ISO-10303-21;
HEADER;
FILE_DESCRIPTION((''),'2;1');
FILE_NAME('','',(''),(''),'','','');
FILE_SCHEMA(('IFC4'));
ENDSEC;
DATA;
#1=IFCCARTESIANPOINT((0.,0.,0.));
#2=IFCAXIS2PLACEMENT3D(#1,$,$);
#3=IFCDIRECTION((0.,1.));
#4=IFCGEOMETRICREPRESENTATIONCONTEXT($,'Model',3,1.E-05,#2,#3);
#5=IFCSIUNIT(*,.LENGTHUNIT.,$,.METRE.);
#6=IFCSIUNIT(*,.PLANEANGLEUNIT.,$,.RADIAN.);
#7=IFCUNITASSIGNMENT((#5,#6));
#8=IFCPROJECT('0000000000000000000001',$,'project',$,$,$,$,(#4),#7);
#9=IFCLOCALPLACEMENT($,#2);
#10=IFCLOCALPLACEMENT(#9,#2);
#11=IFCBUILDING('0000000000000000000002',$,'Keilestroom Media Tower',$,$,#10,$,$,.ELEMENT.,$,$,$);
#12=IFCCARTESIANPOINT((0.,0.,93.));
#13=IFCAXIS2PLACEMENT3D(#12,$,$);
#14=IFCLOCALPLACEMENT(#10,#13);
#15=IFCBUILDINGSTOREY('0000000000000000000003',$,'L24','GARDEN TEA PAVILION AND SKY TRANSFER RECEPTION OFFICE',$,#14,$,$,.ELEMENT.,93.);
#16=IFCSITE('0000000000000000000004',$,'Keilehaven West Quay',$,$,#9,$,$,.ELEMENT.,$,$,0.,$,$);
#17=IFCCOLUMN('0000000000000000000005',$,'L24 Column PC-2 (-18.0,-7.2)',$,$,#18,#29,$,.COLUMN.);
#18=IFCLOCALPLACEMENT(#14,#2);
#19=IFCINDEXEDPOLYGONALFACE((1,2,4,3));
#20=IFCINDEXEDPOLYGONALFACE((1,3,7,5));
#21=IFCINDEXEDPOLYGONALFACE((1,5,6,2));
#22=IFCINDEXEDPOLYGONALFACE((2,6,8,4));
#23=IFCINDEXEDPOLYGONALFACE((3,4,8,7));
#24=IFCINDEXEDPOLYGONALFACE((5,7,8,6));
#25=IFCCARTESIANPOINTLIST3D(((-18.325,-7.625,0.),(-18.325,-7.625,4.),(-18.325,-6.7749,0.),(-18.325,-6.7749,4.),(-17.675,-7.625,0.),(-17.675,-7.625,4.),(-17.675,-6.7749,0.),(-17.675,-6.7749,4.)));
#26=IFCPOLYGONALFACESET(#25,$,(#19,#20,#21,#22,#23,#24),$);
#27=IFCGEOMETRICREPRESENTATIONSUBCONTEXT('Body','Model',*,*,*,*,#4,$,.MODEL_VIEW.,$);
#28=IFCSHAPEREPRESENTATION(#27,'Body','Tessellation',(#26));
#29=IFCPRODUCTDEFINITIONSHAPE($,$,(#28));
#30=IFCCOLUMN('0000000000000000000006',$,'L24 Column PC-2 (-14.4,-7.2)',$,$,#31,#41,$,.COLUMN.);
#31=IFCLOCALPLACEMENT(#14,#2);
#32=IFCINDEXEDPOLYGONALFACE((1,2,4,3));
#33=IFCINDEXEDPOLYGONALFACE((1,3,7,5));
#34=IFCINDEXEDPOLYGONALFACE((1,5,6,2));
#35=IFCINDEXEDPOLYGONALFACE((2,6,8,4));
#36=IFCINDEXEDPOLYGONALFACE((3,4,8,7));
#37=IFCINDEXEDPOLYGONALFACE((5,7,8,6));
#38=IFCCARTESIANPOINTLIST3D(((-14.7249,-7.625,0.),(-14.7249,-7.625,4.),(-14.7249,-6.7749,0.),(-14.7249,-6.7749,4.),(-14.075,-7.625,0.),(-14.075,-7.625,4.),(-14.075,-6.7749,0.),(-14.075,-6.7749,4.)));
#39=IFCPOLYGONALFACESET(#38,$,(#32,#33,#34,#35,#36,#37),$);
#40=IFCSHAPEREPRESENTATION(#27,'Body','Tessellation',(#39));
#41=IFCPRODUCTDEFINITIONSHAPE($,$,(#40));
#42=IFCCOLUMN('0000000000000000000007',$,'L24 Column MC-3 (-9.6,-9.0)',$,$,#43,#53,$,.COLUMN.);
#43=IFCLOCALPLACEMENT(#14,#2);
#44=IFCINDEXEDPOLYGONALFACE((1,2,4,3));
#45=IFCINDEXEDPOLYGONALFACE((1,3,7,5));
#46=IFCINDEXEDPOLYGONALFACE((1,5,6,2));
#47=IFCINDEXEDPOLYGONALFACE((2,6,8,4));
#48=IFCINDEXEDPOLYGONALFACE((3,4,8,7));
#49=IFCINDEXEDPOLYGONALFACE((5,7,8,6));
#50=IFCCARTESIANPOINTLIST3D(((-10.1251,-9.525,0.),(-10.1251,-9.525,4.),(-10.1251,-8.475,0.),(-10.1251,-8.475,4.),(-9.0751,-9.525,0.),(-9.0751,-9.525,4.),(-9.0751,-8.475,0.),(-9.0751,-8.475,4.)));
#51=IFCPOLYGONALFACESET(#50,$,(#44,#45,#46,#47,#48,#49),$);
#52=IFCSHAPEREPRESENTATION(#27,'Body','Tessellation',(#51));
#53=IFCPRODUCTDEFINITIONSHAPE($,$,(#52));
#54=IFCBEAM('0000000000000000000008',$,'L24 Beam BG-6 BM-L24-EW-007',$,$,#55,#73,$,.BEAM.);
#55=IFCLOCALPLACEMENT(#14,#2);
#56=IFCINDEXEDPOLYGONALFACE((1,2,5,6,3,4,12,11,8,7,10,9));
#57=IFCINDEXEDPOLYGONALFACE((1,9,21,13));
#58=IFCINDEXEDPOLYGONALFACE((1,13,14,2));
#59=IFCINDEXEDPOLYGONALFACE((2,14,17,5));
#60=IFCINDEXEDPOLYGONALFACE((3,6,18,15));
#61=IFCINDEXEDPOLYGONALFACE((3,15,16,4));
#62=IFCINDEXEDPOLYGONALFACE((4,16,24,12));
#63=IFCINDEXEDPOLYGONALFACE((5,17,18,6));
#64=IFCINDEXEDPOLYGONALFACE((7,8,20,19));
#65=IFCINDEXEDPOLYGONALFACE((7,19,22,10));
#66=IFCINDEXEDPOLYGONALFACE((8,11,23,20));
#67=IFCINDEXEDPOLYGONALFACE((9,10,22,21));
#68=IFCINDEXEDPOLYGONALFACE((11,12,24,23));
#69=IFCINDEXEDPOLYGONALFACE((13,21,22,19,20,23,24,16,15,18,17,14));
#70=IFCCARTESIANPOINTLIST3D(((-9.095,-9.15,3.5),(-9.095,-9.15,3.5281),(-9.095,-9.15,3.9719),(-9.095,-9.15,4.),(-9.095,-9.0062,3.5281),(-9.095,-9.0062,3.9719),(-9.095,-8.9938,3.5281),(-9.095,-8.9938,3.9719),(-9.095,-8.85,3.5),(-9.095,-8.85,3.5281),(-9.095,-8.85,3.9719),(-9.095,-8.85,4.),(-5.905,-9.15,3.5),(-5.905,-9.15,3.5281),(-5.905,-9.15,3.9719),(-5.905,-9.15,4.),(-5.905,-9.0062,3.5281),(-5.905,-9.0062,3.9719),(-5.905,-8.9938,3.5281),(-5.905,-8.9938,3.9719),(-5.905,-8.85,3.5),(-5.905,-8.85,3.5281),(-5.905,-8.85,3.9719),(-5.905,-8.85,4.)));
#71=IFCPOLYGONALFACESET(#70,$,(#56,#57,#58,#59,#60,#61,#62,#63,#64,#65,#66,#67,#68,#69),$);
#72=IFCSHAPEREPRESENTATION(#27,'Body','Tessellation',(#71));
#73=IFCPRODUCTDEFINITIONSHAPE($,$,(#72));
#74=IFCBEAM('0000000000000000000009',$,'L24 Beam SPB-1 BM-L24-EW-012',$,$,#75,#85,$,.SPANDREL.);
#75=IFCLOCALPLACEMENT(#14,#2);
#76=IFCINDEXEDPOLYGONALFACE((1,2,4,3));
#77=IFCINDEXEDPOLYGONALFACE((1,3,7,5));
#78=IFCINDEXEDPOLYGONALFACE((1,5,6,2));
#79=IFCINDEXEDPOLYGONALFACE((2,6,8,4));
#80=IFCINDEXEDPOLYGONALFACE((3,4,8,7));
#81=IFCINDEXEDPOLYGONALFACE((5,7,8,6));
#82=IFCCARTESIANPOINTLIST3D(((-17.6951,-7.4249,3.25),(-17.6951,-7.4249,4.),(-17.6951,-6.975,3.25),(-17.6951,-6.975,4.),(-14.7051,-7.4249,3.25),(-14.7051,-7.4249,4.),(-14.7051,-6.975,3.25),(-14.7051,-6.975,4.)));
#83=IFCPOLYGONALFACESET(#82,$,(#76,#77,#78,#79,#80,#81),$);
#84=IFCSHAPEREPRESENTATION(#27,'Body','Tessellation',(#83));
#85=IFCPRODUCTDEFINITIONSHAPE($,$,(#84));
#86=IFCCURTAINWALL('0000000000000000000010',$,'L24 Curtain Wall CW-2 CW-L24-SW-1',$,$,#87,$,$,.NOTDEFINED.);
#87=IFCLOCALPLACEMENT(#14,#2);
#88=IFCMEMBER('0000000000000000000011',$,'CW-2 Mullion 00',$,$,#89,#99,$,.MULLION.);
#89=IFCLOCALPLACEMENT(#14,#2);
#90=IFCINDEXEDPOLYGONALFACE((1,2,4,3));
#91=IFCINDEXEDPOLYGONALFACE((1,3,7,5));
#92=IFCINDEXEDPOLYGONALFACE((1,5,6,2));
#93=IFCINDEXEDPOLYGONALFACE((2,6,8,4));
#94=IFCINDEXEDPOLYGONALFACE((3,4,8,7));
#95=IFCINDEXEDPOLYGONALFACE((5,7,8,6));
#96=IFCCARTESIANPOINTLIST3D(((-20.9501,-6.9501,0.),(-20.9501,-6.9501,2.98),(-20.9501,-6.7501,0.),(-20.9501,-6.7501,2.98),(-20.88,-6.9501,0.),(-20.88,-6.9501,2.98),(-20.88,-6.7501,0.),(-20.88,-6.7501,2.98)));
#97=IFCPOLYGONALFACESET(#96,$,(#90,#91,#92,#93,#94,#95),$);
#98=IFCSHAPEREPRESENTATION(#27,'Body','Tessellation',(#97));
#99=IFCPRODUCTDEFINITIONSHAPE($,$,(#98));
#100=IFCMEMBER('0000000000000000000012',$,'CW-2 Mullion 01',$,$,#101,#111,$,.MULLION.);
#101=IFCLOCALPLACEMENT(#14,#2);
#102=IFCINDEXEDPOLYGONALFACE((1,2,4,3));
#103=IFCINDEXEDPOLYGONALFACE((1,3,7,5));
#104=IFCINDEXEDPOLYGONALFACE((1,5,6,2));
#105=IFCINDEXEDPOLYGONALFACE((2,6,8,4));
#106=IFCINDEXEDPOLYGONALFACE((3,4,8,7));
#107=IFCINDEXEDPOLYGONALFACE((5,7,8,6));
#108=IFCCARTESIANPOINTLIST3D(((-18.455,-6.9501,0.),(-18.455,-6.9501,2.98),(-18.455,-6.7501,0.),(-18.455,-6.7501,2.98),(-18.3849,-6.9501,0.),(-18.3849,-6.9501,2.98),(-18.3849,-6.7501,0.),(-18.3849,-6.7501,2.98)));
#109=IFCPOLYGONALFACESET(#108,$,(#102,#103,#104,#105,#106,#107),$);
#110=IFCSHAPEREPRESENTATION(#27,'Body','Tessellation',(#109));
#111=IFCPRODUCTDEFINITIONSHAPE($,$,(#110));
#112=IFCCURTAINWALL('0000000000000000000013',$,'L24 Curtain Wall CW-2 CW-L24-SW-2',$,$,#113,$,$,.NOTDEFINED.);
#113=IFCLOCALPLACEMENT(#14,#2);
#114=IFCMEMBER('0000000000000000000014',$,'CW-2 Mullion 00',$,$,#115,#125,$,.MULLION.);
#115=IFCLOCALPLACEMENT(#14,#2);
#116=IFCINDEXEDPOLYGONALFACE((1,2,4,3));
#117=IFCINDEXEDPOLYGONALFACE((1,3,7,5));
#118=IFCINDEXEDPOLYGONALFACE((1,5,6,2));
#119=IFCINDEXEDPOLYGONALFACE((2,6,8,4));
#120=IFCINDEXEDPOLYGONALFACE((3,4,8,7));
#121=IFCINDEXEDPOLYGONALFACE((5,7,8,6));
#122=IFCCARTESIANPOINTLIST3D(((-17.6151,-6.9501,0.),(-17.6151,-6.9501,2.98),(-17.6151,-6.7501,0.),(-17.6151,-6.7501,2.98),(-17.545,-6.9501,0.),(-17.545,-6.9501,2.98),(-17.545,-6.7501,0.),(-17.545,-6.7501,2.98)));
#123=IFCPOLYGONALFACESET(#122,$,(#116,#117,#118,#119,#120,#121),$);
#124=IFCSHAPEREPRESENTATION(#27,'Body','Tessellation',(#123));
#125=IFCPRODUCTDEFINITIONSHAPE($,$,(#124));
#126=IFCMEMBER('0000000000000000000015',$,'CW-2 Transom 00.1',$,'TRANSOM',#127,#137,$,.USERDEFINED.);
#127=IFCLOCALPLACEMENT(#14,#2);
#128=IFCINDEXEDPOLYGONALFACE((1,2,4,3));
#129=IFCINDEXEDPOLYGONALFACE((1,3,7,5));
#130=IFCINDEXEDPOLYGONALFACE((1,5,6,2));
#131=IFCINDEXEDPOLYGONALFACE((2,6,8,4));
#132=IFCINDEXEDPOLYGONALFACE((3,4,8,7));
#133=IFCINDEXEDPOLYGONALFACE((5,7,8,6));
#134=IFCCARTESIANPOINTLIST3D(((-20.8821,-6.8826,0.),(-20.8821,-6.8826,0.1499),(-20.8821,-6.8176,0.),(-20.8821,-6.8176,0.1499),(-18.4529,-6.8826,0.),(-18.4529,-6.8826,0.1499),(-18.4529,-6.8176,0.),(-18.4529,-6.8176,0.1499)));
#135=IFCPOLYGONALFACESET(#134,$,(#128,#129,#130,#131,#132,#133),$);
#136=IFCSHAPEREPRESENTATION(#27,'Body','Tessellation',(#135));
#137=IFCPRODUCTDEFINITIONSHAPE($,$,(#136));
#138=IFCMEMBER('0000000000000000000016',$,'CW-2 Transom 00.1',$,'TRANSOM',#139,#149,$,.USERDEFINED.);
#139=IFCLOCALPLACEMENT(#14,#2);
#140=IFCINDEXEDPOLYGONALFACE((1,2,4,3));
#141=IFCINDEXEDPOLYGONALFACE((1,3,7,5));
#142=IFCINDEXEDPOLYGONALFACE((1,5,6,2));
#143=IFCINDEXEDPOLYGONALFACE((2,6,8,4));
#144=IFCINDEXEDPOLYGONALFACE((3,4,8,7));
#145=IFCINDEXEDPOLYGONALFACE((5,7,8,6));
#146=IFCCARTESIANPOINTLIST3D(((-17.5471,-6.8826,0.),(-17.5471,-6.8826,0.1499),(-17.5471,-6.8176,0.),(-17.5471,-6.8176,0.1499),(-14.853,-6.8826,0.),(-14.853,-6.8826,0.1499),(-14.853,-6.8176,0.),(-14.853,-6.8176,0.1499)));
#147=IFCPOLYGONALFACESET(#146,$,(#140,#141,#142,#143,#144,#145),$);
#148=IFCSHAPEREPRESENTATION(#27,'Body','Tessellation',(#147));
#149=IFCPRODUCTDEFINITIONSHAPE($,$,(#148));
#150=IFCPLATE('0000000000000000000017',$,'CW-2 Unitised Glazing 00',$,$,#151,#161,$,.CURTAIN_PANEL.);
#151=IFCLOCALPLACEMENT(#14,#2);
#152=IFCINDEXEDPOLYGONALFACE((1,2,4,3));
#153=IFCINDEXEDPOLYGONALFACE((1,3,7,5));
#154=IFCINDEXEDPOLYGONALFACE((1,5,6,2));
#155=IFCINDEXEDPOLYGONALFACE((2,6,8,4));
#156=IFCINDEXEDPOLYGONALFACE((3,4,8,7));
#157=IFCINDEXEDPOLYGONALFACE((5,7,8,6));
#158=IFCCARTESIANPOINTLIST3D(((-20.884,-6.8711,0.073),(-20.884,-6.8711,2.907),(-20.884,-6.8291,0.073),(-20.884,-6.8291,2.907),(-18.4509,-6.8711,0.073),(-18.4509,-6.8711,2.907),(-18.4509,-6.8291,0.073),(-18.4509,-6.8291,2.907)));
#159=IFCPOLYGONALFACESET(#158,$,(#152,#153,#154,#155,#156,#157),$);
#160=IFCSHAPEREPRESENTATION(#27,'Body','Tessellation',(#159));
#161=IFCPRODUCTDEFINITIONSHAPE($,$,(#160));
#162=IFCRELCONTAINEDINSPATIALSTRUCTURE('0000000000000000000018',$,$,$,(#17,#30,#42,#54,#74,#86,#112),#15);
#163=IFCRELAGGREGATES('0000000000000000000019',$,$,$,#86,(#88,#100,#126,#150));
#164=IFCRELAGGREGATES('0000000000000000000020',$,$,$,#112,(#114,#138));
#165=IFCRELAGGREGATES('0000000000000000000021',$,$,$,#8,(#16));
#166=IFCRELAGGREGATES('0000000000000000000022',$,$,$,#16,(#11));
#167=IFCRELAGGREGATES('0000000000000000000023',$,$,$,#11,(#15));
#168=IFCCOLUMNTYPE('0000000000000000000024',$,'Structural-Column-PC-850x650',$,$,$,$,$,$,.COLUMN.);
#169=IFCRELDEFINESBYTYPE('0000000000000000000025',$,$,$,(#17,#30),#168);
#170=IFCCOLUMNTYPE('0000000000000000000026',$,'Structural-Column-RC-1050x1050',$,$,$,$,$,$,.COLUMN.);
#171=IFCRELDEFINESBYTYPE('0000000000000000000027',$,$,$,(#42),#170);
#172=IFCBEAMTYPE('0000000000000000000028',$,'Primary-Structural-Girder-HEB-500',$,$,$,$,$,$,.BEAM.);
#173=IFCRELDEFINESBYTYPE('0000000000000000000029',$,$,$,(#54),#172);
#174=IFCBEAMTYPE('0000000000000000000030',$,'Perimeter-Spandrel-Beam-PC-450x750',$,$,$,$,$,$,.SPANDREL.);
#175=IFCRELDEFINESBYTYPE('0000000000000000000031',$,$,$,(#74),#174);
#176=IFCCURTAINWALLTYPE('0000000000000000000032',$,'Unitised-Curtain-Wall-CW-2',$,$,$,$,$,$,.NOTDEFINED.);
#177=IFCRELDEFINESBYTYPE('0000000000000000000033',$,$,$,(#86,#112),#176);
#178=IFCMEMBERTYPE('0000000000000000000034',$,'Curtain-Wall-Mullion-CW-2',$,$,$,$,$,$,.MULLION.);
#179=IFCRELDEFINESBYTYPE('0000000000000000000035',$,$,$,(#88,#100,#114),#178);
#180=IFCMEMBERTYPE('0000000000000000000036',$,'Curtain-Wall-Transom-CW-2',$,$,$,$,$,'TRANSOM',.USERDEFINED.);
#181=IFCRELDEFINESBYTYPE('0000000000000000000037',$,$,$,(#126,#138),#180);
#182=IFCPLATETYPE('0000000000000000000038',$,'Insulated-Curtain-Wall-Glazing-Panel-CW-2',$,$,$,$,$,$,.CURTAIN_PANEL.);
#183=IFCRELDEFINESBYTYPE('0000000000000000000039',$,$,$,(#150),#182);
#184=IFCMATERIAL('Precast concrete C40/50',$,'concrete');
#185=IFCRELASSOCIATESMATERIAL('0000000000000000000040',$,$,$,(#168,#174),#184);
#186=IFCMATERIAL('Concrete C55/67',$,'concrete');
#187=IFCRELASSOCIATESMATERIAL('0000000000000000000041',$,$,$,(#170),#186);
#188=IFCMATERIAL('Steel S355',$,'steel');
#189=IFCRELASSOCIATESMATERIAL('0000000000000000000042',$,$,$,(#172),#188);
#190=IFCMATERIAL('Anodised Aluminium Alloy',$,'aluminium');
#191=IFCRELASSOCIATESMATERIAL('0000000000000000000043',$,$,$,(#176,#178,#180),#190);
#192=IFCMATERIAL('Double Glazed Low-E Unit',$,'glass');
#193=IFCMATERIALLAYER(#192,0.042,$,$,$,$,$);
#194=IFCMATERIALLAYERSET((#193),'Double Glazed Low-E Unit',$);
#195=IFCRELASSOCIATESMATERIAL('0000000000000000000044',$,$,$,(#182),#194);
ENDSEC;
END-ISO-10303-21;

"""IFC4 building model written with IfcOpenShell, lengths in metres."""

from ifc_helpers import new_model, si_unit, direction, frame, origin, origin_2d, place, context, subcontext, project, spatial, rectangle, i_section, extrude, source, transform, mapped, material, layer, layer_set, material_profile, profile_set, type_object, element, aggregate, save


model = new_model("IFC4")

# Units and contexts
model_context = context("Model", 3, precision=1e-05, world=origin(), true_north=direction((0.0, 1.0)))
body_context = subcontext(model_context, "Body", "Model", "MODEL_VIEW")
ifc_project = project(units=[si_unit("LENGTHUNIT", "METRE"), si_unit("PLANEANGLEUNIT", "RADIAN")], contexts=[model_context])

# Site, building, storey
site_placement = place(None, origin())
site = spatial("IfcSite", under=ifc_project, at=site_placement, Name="Keilehaven West Quay", CompositionType="ELEMENT", RefElevation=0.0)
building_placement = place(site_placement, origin())
building = spatial("IfcBuilding", under=site, at=building_placement, Name="Keilestroom Media Tower", CompositionType="ELEMENT")
storey_placement = place(building_placement, frame((0.0, 0.0, 93.0)))
storey = spatial("IfcBuildingStorey", under=building, at=storey_placement, Name="L24", Description="GARDEN TEA PAVILION AND SKY TRANSFER RECEPTION OFFICE", CompositionType="ELEMENT", Elevation=93.0)

# Columns
ifc_material_1 = material(Name="Precast concrete C40/50", Category="concrete")
ifc_material_profile_1 = material_profile(ifc_material_1, rectangle(XDim=0.6499, YDim=0.8501, at=origin_2d()), Name="PC 850x650")
ifc_profile_set_1 = profile_set([ifc_material_profile_1], Name="Precast concrete C40/50")
column_type_1 = type_object("IfcColumnType", Name="Structural-Column-PC-850x650", PredefinedType="COLUMN", material=ifc_profile_set_1)
shared_shape_1 = source(origin(), body_context, "Body", "SweptSolid", [
    extrude(rectangle(XDim=0.6499, YDim=0.8501, at=origin_2d()), origin(), (0.0, 0.0, 1.0), 4.0),
])
for number, where, z_axis, x_axis, name in (
    (1, (-18.0, -7.2, 0.0), (0.0, 0.0, 1.0), (1.0, 0.0, 0.0), "L24 Column PC-2 (-18.0,-7.2)"),
    (2, (-14.3999, -7.2, 0.0), (0.0, 0.0, 1.0), (1.0, 0.0, 0.0), "L24 Column PC-2 (-14.4,-7.2)"),
):
    element("IfcColumn", number, at=place(storey_placement, frame(where, z_axis=z_axis, x_axis=x_axis)), inside=storey, type_object=column_type_1, Name=name, PredefinedType="COLUMN", context=body_context, shape_type="MappedRepresentation", body=[
        mapped(shared_shape_1, transform((0.0, 0.0, 0.0), x_axis=(1.0, 0.0, 0.0), y_axis=(0.0, 1.0, 0.0), z_axis=(0.0, 0.0, 1.0), scale=1.0)),
    ])
ifc_material_2 = material(Name="Concrete C55/67", Category="concrete")
ifc_material_profile_2 = material_profile(ifc_material_2, rectangle(XDim=1.05, YDim=1.05, at=origin_2d()), Name="RC 1050x1050")
ifc_profile_set_2 = profile_set([ifc_material_profile_2], Name="Concrete C55/67")
column_type_2 = type_object("IfcColumnType", Name="Structural-Column-RC-1050x1050", PredefinedType="COLUMN", material=ifc_profile_set_2)
shared_shape_2 = source(origin(), body_context, "Body", "SweptSolid", [
    extrude(rectangle(XDim=1.05, YDim=1.05, at=origin_2d()), origin(), (0.0, 0.0, 1.0), 4.0),
])
column_placement = place(storey_placement, frame((-9.6001, -9.0, 0.0), z_axis=(0.0, 0.0, 1.0), x_axis=(1.0, 0.0, 0.0)))
element("IfcColumn", 3, at=column_placement, inside=storey, type_object=column_type_2, Name="L24 Column MC-3 (-9.6,-9.0)", PredefinedType="COLUMN", context=body_context, shape_type="MappedRepresentation", body=[
    mapped(shared_shape_2, transform((0.0, 0.0, 0.0), x_axis=(1.0, 0.0, 0.0), y_axis=(0.0, 1.0, 0.0), z_axis=(0.0, 0.0, 1.0), scale=1.0)),
])

# Beams
ifc_material_3 = material(Name="Steel S355", Category="steel")
ifc_material_profile_3 = material_profile(ifc_material_3, i_section(OverallWidth=0.3, OverallDepth=0.5, WebThickness=0.0125, FlangeThickness=0.0281, at=origin_2d()), Name="HEB 500")
ifc_profile_set_3 = profile_set([ifc_material_profile_3], Name="Steel S355")
beam_type_1 = type_object("IfcBeamType", Name="Primary-Structural-Girder-HEB-500", PredefinedType="BEAM", material=ifc_profile_set_3)
shared_shape_3 = source(origin(), body_context, "Body", "SweptSolid", [
    extrude(i_section(OverallWidth=0.3, OverallDepth=0.5, WebThickness=0.0125, FlangeThickness=0.0281, at=origin_2d()), origin(), (0.0, 0.0, 1.0), 3.1899),
])
beam_1_placement = place(storey_placement, frame((-9.095, -9.0, 3.75), z_axis=(1.0, 0.0, 0.0), x_axis=(0.0, 1.0, 0.0)))
element("IfcBeam", 4, at=beam_1_placement, inside=storey, type_object=beam_type_1, Name="L24 Beam BG-6 BM-L24-EW-007", PredefinedType="BEAM", context=body_context, shape_type="MappedRepresentation", body=[
    mapped(shared_shape_3, transform((0.0, 0.0, 0.0), x_axis=(1.0, 0.0, 0.0), y_axis=(0.0, 1.0, 0.0), z_axis=(0.0, 0.0, 1.0), scale=1.0)),
])
ifc_material_profile_4 = material_profile(ifc_material_1, rectangle(XDim=0.45, YDim=0.75, at=origin_2d()), Name="PC 450x750")
ifc_profile_set_4 = profile_set([ifc_material_profile_4], Name="Precast concrete C40/50")
beam_type_2 = type_object("IfcBeamType", Name="Perimeter-Spandrel-Beam-PC-450x750", PredefinedType="SPANDREL", material=ifc_profile_set_4)
shared_shape_4 = source(origin(), body_context, "Body", "SweptSolid", [
    extrude(rectangle(XDim=0.45, YDim=0.75, at=origin_2d()), origin(), (0.0, 0.0, 1.0), 2.99),
])
beam_2_placement = place(storey_placement, frame((-17.6951, -7.2, 3.625), z_axis=(1.0, 0.0, 0.0), x_axis=(0.0, 1.0, 0.0)))
element("IfcBeam", 5, at=beam_2_placement, inside=storey, type_object=beam_type_2, Name="L24 Beam SPB-1 BM-L24-EW-012", PredefinedType="SPANDREL", context=body_context, shape_type="MappedRepresentation", body=[
    mapped(shared_shape_4, transform((0.0, 0.0, 0.0), x_axis=(1.0, 0.0, 0.0), y_axis=(0.0, 1.0, 0.0), z_axis=(0.0, 0.0, 1.0), scale=1.0)),
])

# Curtain wall, members
ifc_material_4 = material(Name="Anodised Aluminium Alloy", Category="aluminium")
curtain_wall_type = type_object("IfcCurtainWallType", Name="Unitised-Curtain-Wall-CW-2", PredefinedType="NOTDEFINED", material=ifc_material_4)
curtain_wall_1_placement = place(storey_placement, origin())
curtain_wall_1 = element("IfcCurtainWall", 6, at=curtain_wall_1_placement, inside=storey, type_object=curtain_wall_type, Name="L24 Curtain Wall CW-2 CW-L24-SW-1", PredefinedType="NOTDEFINED")
ifc_material_profile_5 = material_profile(ifc_material_4, rectangle(XDim=0.0701, YDim=0.2, at=origin_2d()), Name="ALU MULLION 70x200")
ifc_profile_set_5 = profile_set([ifc_material_profile_5], Name="Anodised Aluminium Alloy")
member_type_1 = type_object("IfcMemberType", Name="Curtain-Wall-Mullion-CW-2", PredefinedType="MULLION", material=ifc_profile_set_5)
shared_shape_5 = source(origin(), body_context, "Body", "SweptSolid", [
    extrude(rectangle(XDim=0.0701, YDim=0.2, at=origin_2d()), origin(), (0.0, 0.0, 1.0), 2.98),
])
member_1_placement = place(storey_placement, frame((-20.915, -6.8501, 0.0), z_axis=(0.0, 0.0, 1.0), x_axis=(1.0, 0.0, 0.0)))
member_1 = element("IfcMember", 7, at=member_1_placement, type_object=member_type_1, Name="CW-2 Mullion 00", PredefinedType="MULLION", context=body_context, shape_type="MappedRepresentation", body=[
    mapped(shared_shape_5, transform((0.0, 0.0, 0.0), x_axis=(1.0, 0.0, 0.0), y_axis=(0.0, 1.0, 0.0), z_axis=(0.0, 0.0, 1.0), scale=1.0)),
])
member_2_placement = place(storey_placement, frame((-18.4199, -6.8501, 0.0), z_axis=(0.0, 0.0, 1.0), x_axis=(1.0, 0.0, 0.0)))
member_2 = element("IfcMember", 8, at=member_2_placement, type_object=member_type_1, Name="CW-2 Mullion 01", PredefinedType="MULLION", context=body_context, shape_type="MappedRepresentation", body=[
    mapped(shared_shape_5, transform((0.0, 0.0, 0.0), x_axis=(1.0, 0.0, 0.0), y_axis=(0.0, 1.0, 0.0), z_axis=(0.0, 0.0, 1.0), scale=1.0)),
])

# Curtain wall, member
curtain_wall_2_placement = place(storey_placement, origin())
curtain_wall_2 = element("IfcCurtainWall", 9, at=curtain_wall_2_placement, inside=storey, type_object=curtain_wall_type, Name="L24 Curtain Wall CW-2 CW-L24-SW-2", PredefinedType="NOTDEFINED")
member_3_placement = place(storey_placement, frame((-17.5801, -6.8501, 0.0), z_axis=(0.0, 0.0, 1.0), x_axis=(1.0, 0.0, 0.0)))
member_3 = element("IfcMember", 10, at=member_3_placement, type_object=member_type_1, Name="CW-2 Mullion 00", PredefinedType="MULLION", context=body_context, shape_type="MappedRepresentation", body=[
    mapped(shared_shape_5, transform((0.0, 0.0, 0.0), x_axis=(1.0, 0.0, 0.0), y_axis=(0.0, 1.0, 0.0), z_axis=(0.0, 0.0, 1.0), scale=1.0)),
])

# Members
ifc_material_profile_6 = material_profile(ifc_material_4, rectangle(XDim=0.0649, YDim=0.1499, at=origin_2d()), Name="ALU TRANSOM 65x150")
ifc_profile_set_6 = profile_set([ifc_material_profile_6], Name="Anodised Aluminium Alloy")
member_type_2 = type_object("IfcMemberType", Name="Curtain-Wall-Transom-CW-2", ElementType="TRANSOM", PredefinedType="USERDEFINED", material=ifc_profile_set_6)
shared_shape_6 = source(origin(), body_context, "Body", "SweptSolid", [
    extrude(rectangle(XDim=0.0649, YDim=0.1499, at=origin_2d()), origin(), (0.0, 0.0, 1.0), 2.4292),
])
member_4_placement = place(storey_placement, frame((-20.8821, -6.8501, 0.075), z_axis=(1.0, 0.0, 0.0), x_axis=(0.0, 1.0, 0.0)))
member_4 = element("IfcMember", 11, at=member_4_placement, type_object=member_type_2, Name="CW-2 Transom 00.1", ObjectType="TRANSOM", PredefinedType="USERDEFINED", context=body_context, shape_type="MappedRepresentation", body=[
    mapped(shared_shape_6, transform((0.0, 0.0, 0.0), x_axis=(1.0, 0.0, 0.0), y_axis=(0.0, 1.0, 0.0), z_axis=(0.0, 0.0, 1.0), scale=1.0)),
])
shared_shape_7 = source(origin(), body_context, "Body", "SweptSolid", [
    extrude(rectangle(XDim=0.0649, YDim=0.1499, at=origin_2d()), origin(), (0.0, 0.0, 1.0), 2.6941),
])
member_5_placement = place(storey_placement, frame((-17.5471, -6.8501, 0.075), z_axis=(1.0, 0.0, 0.0), x_axis=(0.0, 1.0, 0.0)))
member_5 = element("IfcMember", 12, at=member_5_placement, type_object=member_type_2, Name="CW-2 Transom 00.1", ObjectType="TRANSOM", PredefinedType="USERDEFINED", context=body_context, shape_type="MappedRepresentation", body=[
    mapped(shared_shape_7, transform((0.0, 0.0, 0.0), x_axis=(1.0, 0.0, 0.0), y_axis=(0.0, 1.0, 0.0), z_axis=(0.0, 0.0, 1.0), scale=1.0)),
])

# Plate
ifc_material_5 = material(Name="Double Glazed Low-E Unit", Category="glass")
ifc_layer_1 = layer(ifc_material_5, 0.042)
ifc_layer_set_1 = layer_set([ifc_layer_1], Name="Double Glazed Low-E Unit")
plate_type = type_object("IfcPlateType", Name="Insulated-Curtain-Wall-Glazing-Panel-CW-2", PredefinedType="CURTAIN_PANEL", material=ifc_layer_set_1)
shared_shape_8 = source(origin(), body_context, "Body", "SweptSolid", [
    extrude(rectangle(XDim=2.4331, YDim=0.042, at=origin_2d()), origin(), (0.0, 0.0, 1.0), 2.834),
])
plate_1_placement = place(storey_placement, frame((-19.6675, -6.8501, 0.073), z_axis=(0.0, 0.0, 1.0), x_axis=(1.0, 0.0, 0.0)))
plate_1 = element("IfcPlate", 13, at=plate_1_placement, type_object=plate_type, Name="CW-2 Unitised Glazing 00", PredefinedType="CURTAIN_PANEL", context=body_context, shape_type="MappedRepresentation", body=[
    mapped(shared_shape_8, transform((0.0, 0.0, 0.0), x_axis=(1.0, 0.0, 0.0), y_axis=(0.0, 1.0, 0.0), z_axis=(0.0, 0.0, 1.0), scale=1.0)),
])
aggregate(curtain_wall_1, [member_1, member_2, member_4, plate_1])
aggregate(curtain_wall_2, [member_3, member_5])

save(model, "model.ifc")
